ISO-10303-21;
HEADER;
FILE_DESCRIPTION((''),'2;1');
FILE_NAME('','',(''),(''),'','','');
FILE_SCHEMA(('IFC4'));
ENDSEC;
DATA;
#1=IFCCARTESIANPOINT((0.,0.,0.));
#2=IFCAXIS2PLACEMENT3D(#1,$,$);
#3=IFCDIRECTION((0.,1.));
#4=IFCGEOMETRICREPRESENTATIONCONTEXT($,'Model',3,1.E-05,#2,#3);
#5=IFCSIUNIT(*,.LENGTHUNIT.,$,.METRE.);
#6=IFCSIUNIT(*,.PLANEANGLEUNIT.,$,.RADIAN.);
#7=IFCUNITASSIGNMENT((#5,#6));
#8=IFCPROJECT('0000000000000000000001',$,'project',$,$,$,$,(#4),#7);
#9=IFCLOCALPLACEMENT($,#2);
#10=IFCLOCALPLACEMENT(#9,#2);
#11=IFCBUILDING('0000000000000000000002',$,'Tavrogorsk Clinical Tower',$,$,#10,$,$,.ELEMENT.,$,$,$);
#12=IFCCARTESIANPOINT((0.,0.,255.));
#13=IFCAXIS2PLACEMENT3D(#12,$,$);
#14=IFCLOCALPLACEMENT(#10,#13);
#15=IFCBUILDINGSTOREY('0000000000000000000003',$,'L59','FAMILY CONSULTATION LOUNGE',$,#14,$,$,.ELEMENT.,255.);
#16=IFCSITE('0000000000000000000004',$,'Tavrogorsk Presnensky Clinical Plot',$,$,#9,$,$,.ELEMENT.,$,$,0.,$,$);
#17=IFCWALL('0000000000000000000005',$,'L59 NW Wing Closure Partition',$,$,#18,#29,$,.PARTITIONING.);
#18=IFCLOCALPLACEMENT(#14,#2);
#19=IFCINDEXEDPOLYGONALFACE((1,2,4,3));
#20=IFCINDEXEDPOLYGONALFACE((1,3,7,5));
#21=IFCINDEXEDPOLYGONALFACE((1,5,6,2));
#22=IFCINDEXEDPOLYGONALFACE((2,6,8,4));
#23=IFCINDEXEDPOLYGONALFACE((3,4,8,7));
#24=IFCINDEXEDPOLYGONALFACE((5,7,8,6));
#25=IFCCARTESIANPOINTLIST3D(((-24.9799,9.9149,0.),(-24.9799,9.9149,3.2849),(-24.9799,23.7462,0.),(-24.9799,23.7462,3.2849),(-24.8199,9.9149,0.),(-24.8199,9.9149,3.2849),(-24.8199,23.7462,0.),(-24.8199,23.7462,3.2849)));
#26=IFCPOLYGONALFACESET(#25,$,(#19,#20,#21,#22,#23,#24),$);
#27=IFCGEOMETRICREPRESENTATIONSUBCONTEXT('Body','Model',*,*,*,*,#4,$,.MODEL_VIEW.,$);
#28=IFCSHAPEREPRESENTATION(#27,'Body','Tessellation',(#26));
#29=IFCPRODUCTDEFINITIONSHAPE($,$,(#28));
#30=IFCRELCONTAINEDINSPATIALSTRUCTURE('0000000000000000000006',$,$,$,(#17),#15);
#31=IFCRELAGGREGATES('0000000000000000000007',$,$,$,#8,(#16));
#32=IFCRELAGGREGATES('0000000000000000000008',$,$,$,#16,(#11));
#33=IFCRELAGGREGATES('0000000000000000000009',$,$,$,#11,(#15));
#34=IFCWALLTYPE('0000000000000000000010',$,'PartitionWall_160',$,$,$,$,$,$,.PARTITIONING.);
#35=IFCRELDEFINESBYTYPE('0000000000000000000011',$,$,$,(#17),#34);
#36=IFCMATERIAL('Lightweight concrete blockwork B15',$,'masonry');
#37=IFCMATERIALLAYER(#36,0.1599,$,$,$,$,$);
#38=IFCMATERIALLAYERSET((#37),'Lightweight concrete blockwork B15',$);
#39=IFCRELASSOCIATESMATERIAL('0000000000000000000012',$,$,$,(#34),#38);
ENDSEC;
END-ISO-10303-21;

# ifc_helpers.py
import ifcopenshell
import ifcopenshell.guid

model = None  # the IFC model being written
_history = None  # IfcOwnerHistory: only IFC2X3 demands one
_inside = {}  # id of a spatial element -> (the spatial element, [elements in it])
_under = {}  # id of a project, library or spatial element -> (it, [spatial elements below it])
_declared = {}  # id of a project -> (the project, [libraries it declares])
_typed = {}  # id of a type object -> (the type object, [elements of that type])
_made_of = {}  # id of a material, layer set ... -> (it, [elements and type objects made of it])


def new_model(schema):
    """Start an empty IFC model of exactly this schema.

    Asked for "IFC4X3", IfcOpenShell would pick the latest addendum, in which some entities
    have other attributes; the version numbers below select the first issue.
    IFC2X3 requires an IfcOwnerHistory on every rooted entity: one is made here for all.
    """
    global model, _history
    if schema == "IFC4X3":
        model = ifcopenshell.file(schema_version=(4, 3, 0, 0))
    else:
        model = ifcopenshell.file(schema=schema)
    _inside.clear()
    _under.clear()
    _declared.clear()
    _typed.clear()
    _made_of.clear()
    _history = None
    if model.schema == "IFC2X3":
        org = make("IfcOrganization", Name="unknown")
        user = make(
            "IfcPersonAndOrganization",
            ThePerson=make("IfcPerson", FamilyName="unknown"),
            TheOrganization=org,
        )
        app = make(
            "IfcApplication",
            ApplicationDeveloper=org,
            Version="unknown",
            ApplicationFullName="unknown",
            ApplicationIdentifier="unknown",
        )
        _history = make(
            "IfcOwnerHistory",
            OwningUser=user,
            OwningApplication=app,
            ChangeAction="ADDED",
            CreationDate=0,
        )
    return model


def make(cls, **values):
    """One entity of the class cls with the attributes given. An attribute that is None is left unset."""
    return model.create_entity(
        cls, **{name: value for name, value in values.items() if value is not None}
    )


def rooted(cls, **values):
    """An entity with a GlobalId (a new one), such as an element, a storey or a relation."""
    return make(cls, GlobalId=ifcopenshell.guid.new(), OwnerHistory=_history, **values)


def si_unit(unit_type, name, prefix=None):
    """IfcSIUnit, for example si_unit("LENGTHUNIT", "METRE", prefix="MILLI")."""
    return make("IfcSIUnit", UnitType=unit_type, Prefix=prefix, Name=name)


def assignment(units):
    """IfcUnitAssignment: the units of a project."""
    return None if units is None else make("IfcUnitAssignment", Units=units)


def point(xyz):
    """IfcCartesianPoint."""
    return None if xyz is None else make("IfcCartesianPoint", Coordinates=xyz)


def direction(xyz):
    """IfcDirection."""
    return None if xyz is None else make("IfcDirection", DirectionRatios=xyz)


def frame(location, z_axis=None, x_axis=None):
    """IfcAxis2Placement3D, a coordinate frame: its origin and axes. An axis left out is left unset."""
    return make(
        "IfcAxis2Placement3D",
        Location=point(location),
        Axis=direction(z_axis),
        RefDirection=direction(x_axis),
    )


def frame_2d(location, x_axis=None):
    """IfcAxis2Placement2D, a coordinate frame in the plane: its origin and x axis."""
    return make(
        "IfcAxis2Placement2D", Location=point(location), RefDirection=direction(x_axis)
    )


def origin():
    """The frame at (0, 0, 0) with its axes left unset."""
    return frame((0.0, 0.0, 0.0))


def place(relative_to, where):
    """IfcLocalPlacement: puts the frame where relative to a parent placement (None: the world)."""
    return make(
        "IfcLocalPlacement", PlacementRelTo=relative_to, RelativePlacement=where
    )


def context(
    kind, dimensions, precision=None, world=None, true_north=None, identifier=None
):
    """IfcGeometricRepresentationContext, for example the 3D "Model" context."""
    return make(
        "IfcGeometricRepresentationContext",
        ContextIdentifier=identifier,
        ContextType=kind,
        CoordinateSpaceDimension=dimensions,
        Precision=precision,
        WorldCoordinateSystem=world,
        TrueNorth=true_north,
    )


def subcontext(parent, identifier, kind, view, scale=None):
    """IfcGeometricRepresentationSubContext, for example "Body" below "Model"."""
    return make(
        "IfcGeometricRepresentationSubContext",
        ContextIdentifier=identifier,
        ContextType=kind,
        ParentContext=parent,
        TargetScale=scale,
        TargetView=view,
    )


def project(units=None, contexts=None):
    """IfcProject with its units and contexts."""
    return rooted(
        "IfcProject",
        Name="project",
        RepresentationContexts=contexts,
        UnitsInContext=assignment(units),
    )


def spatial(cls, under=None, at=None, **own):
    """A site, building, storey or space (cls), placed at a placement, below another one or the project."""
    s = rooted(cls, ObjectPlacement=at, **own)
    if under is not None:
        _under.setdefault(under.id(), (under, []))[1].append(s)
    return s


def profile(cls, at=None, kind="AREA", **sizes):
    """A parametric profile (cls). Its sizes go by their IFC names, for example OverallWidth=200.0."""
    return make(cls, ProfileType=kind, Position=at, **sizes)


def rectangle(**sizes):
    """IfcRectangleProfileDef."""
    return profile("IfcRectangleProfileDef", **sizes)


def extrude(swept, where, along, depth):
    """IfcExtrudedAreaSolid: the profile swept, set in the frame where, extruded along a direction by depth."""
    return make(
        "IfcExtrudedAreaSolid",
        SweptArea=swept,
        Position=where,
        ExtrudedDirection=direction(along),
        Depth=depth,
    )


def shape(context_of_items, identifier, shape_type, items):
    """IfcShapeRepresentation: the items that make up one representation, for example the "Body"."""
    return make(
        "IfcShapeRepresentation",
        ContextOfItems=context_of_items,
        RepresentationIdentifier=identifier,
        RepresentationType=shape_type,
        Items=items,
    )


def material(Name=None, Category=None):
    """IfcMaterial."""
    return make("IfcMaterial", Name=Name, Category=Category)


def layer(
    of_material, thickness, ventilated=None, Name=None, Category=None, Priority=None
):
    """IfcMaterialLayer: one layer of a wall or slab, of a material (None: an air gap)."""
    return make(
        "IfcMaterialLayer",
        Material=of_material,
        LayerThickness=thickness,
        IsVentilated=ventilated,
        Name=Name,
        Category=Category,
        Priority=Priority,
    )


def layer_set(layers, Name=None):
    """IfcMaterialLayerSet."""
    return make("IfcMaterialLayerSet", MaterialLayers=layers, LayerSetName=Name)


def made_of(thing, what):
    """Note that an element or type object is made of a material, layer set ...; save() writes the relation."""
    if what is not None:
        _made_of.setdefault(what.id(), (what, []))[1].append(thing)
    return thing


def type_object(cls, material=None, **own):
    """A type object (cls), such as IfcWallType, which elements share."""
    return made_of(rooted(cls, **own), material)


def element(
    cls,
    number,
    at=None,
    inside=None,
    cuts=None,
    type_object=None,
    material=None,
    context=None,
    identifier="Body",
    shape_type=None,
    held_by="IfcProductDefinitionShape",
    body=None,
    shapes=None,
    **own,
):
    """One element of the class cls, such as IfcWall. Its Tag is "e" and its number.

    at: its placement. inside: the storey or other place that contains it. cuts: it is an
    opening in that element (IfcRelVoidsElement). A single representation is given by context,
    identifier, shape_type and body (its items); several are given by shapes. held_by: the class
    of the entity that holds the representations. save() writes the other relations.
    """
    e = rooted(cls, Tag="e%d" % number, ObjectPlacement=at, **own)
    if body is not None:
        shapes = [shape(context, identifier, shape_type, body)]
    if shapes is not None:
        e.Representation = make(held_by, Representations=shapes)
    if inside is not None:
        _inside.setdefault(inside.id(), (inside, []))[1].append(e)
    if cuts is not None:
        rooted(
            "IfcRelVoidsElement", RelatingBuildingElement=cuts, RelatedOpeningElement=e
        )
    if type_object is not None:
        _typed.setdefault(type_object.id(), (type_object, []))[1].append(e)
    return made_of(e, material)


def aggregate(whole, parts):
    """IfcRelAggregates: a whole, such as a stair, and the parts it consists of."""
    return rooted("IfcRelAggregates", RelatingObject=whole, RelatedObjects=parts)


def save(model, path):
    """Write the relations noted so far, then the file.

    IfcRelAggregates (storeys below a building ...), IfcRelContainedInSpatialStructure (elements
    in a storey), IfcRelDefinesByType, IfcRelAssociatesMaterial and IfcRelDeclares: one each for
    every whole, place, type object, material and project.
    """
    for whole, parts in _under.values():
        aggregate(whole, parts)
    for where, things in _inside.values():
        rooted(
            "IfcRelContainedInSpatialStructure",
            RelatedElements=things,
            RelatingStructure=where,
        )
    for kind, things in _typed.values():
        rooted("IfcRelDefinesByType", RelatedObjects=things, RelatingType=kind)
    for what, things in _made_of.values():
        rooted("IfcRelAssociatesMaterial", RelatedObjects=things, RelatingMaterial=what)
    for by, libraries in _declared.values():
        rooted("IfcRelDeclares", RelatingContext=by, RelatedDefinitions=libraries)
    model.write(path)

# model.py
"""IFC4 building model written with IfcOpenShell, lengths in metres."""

from ifc_helpers import new_model, si_unit, direction, frame, frame_2d, origin, place, context, subcontext, project, spatial, rectangle, extrude, material, layer, layer_set, type_object, element, save


model = new_model("IFC4")

# Units and contexts
model_context = context("Model", 3, precision=1e-05, world=origin(), true_north=direction((0.0, 1.0)))
body_context = subcontext(model_context, "Body", "Model", "MODEL_VIEW")
ifc_project = project(units=[si_unit("LENGTHUNIT", "METRE"), si_unit("PLANEANGLEUNIT", "RADIAN")], contexts=[model_context])

# Site, building, storey
site_placement = place(None, origin())
site = spatial("IfcSite", under=ifc_project, at=site_placement, Name="Tavrogorsk Presnensky Clinical Plot", CompositionType="ELEMENT", RefElevation=0.0)
building_placement = place(site_placement, origin())
building = spatial("IfcBuilding", under=site, at=building_placement, Name="Tavrogorsk Clinical Tower", CompositionType="ELEMENT")
storey_placement = place(building_placement, frame((0.0, 0.0, 255.0)))
storey = spatial("IfcBuildingStorey", under=building, at=storey_placement, Name="L59", Description="FAMILY CONSULTATION LOUNGE", CompositionType="ELEMENT", Elevation=255.0)

# Shared definitions
ifc_material_1 = material(Name="Lightweight concrete blockwork B15", Category="masonry")
ifc_layer = layer(ifc_material_1, 0.1599)
ifc_layer_set = layer_set([ifc_layer], Name="Lightweight concrete blockwork B15")
wall_type = type_object("IfcWallType", Name="PartitionWall_160", PredefinedType="PARTITIONING", material=ifc_layer_set)

# Wall
wall_1_placement = place(storey_placement, frame((-24.8999, 9.915, 0.0), z_axis=(0.0, 0.0, 1.0), x_axis=(0.0, 1.0, 0.0)))
element("IfcWall", 1, at=wall_1_placement, inside=storey, type_object=wall_type, Name="L59 NW Wing Closure Partition", PredefinedType="PARTITIONING", context=body_context, shape_type="SweptSolid", body=[
    extrude(rectangle(XDim=13.8313, YDim=0.1599, at=frame_2d((6.9155, 0.0))), origin(), (0.0, 0.0, 1.0), 3.2849),
])

save(model, "model.ifc")
